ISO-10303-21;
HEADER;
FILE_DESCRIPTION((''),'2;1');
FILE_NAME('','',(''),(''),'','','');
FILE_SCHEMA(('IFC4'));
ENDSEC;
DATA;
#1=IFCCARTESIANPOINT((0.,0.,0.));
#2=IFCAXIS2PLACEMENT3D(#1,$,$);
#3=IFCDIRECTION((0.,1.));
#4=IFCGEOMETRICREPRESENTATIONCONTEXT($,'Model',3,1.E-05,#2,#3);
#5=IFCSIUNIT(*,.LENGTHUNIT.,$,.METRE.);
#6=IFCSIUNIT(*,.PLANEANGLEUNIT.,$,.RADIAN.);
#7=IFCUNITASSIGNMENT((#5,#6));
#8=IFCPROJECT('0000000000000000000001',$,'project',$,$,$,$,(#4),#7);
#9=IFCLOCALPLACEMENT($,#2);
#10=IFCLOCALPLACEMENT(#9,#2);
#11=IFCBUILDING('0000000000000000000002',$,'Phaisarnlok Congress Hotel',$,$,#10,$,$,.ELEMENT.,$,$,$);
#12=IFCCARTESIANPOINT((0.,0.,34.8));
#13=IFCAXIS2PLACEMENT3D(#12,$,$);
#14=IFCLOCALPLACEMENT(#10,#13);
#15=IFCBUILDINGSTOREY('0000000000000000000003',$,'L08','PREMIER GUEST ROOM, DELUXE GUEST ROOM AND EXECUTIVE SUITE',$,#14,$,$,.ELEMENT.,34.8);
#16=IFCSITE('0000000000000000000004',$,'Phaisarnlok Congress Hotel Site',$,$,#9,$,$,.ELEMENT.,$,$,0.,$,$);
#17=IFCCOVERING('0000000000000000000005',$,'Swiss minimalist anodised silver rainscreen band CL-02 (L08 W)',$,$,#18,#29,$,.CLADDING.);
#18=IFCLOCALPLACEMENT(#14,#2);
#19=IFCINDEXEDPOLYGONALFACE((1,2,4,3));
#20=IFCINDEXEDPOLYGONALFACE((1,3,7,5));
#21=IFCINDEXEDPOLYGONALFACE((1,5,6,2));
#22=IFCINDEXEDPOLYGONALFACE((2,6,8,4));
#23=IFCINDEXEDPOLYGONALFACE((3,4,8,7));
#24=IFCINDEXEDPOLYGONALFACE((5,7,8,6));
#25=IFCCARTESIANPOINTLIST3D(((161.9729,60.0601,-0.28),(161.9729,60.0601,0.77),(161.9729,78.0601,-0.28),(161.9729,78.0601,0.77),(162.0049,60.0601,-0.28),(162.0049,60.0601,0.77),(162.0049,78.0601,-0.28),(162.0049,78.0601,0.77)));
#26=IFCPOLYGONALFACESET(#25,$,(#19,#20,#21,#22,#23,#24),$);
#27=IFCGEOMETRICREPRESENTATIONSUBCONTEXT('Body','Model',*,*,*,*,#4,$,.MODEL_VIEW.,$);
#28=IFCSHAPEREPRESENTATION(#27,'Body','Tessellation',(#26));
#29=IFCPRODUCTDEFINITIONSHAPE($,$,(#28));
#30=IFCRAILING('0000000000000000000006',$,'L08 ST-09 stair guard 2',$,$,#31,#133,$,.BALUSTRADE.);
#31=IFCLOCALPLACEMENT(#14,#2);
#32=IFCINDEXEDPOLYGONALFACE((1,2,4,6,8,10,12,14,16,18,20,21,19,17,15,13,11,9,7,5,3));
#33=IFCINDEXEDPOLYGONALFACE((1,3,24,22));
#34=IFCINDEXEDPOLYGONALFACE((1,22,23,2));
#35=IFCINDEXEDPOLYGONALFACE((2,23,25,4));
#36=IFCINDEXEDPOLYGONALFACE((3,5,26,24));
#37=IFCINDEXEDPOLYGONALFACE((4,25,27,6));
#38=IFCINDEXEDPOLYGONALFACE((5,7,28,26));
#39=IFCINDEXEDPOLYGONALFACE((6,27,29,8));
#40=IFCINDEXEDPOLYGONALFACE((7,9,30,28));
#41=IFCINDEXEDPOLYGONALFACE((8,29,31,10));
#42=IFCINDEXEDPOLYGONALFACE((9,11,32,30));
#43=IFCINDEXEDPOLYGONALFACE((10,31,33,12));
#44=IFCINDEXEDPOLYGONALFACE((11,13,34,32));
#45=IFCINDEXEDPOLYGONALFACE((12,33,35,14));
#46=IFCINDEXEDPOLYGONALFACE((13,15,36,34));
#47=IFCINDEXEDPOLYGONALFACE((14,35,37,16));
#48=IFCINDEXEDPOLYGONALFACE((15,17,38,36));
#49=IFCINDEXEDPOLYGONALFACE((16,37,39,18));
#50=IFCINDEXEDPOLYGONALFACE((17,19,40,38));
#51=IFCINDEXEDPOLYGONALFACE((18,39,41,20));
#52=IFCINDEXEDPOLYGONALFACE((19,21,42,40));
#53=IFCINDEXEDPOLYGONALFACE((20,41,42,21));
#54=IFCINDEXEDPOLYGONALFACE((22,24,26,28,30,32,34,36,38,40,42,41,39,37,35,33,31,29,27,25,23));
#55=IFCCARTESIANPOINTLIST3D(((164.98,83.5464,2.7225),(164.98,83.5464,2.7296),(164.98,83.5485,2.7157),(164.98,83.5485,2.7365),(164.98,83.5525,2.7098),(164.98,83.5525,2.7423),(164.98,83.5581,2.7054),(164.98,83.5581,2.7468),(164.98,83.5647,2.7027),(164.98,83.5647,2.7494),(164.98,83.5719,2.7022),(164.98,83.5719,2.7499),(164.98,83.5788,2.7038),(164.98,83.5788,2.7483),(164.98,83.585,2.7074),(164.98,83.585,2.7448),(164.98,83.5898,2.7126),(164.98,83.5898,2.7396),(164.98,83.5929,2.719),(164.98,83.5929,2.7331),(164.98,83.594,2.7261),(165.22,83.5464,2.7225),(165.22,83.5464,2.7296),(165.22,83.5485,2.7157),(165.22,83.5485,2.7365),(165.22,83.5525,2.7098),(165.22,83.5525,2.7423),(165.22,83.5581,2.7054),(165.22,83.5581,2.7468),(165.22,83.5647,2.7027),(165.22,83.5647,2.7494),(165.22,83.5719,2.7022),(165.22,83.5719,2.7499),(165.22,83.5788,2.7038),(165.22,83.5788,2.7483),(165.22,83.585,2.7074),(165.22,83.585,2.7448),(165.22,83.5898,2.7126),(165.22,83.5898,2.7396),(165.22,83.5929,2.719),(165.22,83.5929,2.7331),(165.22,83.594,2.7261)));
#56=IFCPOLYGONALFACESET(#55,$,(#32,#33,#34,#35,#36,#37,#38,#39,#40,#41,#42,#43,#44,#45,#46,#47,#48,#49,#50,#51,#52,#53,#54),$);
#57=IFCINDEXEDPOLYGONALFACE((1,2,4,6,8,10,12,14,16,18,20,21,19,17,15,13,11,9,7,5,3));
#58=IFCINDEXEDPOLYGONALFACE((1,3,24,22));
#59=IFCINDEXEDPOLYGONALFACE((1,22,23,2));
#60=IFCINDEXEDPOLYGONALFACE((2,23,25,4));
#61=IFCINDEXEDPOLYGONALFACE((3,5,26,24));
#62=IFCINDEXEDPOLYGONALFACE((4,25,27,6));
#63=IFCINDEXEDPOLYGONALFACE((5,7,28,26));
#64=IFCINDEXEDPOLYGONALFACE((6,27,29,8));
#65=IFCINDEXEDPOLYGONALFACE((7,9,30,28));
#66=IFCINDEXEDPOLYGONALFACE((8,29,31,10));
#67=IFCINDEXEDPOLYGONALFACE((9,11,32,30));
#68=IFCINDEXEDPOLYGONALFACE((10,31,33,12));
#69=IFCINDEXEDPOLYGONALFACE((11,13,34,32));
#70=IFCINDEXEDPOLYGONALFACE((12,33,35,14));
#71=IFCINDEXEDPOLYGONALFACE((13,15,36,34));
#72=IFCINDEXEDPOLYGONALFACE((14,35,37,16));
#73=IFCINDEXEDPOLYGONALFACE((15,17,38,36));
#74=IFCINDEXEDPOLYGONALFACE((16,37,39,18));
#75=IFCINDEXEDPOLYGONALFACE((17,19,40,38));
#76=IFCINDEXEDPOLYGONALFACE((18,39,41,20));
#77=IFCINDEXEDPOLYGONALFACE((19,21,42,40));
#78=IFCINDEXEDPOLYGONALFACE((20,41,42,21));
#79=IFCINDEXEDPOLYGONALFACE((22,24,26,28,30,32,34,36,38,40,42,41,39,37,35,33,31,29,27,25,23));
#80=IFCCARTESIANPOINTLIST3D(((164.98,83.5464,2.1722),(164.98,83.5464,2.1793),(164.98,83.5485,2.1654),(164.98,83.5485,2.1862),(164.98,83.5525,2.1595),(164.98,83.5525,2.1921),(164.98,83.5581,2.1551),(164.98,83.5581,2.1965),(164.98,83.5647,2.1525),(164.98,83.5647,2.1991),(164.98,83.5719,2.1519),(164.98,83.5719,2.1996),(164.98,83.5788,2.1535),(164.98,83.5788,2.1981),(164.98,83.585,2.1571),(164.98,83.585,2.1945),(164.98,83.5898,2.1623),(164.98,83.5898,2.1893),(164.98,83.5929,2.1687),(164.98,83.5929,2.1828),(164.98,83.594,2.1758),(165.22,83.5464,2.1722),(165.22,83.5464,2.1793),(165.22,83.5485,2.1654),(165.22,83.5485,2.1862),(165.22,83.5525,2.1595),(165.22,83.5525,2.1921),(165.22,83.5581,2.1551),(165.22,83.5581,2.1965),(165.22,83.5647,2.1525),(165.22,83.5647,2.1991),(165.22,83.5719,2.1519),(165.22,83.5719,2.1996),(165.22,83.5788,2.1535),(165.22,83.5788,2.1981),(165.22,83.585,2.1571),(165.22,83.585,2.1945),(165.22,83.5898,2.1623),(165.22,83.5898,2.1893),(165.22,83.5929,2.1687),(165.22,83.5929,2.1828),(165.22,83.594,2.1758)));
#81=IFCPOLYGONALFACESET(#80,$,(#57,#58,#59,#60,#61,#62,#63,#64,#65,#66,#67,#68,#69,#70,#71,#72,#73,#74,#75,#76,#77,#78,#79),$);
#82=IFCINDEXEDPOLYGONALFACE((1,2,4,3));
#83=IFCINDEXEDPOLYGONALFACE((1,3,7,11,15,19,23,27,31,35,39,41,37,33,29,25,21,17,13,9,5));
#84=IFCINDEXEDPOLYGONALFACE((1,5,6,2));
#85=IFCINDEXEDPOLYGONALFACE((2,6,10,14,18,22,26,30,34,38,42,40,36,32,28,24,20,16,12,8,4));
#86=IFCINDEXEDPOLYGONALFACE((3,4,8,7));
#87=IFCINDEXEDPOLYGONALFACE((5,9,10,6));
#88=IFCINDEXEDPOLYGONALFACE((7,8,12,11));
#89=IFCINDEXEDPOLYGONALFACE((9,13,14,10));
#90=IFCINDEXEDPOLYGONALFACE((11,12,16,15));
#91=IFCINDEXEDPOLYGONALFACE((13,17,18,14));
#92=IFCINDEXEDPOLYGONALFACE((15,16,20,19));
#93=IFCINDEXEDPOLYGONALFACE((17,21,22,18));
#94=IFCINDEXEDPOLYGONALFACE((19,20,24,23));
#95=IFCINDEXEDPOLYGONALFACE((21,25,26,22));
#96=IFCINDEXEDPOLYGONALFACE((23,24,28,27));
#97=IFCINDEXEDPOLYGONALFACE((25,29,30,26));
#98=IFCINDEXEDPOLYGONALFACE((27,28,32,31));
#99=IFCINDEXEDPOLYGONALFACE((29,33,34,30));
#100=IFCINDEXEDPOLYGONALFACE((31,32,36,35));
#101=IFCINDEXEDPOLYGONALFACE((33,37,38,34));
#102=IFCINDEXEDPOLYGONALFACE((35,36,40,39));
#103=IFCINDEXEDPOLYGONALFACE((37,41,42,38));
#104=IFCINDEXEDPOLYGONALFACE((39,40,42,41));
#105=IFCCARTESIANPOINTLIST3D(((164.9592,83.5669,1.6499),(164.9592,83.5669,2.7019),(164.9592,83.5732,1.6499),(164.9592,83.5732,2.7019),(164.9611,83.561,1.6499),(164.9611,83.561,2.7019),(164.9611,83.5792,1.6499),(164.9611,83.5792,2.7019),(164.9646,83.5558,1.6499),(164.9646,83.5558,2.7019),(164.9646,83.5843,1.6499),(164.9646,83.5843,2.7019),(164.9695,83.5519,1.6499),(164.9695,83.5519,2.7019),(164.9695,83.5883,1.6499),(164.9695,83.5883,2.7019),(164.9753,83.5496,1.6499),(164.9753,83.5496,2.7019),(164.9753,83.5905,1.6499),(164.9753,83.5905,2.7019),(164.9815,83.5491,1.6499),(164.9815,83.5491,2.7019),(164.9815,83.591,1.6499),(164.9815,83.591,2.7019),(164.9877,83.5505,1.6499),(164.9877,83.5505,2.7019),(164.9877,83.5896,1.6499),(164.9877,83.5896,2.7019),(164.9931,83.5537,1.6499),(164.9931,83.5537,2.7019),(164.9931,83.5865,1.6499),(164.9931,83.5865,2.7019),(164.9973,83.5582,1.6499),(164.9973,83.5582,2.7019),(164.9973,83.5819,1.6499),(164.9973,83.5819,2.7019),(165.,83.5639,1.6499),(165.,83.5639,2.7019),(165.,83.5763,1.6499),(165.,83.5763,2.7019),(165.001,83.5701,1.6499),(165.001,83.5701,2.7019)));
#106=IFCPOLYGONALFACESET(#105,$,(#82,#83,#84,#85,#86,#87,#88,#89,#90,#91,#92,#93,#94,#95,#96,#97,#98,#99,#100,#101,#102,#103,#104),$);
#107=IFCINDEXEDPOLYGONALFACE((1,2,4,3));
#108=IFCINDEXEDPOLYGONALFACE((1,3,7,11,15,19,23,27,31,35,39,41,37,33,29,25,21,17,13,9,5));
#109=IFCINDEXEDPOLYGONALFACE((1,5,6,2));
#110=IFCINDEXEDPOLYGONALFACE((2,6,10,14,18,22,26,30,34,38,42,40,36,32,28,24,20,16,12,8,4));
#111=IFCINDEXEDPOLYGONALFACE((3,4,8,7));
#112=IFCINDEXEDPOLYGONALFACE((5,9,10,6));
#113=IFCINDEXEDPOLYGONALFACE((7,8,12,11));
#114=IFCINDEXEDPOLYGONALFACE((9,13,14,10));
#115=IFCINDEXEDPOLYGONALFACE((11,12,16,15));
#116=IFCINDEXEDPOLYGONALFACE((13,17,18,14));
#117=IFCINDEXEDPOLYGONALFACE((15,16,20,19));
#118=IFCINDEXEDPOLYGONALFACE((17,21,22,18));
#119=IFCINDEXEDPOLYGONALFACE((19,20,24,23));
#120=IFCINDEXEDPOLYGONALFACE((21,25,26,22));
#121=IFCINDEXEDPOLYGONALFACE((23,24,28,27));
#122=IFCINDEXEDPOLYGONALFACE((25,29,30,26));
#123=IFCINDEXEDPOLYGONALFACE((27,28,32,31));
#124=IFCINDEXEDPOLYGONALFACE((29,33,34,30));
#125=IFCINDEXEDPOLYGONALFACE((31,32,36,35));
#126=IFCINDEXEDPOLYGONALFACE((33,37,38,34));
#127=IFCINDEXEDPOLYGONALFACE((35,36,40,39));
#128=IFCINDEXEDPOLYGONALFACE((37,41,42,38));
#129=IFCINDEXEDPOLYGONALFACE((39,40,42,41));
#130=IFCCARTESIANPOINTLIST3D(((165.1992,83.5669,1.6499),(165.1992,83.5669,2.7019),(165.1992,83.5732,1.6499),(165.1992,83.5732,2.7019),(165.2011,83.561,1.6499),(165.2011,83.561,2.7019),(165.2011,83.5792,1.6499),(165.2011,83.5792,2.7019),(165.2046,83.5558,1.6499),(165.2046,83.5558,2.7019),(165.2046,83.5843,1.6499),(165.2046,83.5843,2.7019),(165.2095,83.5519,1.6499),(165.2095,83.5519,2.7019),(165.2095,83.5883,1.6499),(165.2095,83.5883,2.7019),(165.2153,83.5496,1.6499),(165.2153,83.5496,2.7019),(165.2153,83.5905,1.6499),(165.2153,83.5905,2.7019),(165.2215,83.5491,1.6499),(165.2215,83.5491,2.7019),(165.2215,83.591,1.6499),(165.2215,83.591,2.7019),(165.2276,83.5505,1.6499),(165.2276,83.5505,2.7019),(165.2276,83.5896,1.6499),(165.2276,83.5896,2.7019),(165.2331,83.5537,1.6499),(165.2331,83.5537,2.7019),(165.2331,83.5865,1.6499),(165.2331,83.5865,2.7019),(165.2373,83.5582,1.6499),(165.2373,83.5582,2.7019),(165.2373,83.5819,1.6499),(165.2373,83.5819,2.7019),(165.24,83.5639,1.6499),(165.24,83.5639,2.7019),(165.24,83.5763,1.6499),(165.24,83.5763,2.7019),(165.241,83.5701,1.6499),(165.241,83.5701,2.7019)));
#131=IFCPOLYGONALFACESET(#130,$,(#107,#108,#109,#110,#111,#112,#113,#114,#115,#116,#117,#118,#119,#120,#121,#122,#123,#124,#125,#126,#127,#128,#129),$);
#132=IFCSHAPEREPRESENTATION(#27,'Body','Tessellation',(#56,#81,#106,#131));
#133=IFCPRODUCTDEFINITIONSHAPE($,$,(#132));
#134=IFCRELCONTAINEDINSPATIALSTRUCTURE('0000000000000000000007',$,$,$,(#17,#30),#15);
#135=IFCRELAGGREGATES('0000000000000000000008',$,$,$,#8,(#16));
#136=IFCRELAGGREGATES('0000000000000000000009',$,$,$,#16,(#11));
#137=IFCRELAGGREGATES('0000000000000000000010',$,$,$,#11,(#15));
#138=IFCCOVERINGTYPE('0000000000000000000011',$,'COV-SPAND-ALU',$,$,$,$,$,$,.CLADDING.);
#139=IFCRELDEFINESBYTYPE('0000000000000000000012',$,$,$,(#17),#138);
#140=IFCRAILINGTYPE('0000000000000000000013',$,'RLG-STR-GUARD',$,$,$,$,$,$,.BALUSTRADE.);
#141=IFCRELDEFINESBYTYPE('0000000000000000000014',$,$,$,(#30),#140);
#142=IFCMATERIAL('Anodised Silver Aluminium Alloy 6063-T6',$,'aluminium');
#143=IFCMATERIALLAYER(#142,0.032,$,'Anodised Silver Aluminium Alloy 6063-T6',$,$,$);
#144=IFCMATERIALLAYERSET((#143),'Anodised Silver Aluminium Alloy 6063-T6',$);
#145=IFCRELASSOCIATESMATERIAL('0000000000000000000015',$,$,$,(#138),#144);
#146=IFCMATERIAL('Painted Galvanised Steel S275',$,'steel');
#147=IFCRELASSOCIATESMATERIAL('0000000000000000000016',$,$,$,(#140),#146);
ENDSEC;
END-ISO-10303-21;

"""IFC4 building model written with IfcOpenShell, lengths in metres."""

from ifc_helpers import new_model, si_unit, direction, frame, origin, origin_2d, place, context, subcontext, project, spatial, polyline, circle, outline, extrude, material, layer, layer_set, type_object, element, save


model = new_model("IFC4")

# Units and contexts
model_context = context("Model", 3, precision=1e-05, world=origin(), true_north=direction((0.0, 1.0)))
body_context = subcontext(model_context, "Body", "Model", "MODEL_VIEW")
ifc_project = project(units=[si_unit("LENGTHUNIT", "METRE"), si_unit("PLANEANGLEUNIT", "RADIAN")], contexts=[model_context])

# Site, building, storey
site_placement = place(None, origin())
site = spatial("IfcSite", under=ifc_project, at=site_placement, Name="Phaisarnlok Congress Hotel Site", CompositionType="ELEMENT", RefElevation=0.0)
building_placement = place(site_placement, origin())
building = spatial("IfcBuilding", under=site, at=building_placement, Name="Phaisarnlok Congress Hotel", CompositionType="ELEMENT")
storey_placement = place(building_placement, frame((0.0, 0.0, 34.8)))
storey = spatial("IfcBuildingStorey", under=building, at=storey_placement, Name="L08", Description="PREMIER GUEST ROOM, DELUXE GUEST ROOM AND EXECUTIVE SUITE", CompositionType="ELEMENT", Elevation=34.8)

# Covering
ifc_material_1 = material(Name="Anodised Silver Aluminium Alloy 6063-T6", Category="aluminium")
ifc_layer_1 = layer(ifc_material_1, 0.032, Name="Anodised Silver Aluminium Alloy 6063-T6")
ifc_layer_set_1 = layer_set([ifc_layer_1], Name="Anodised Silver Aluminium Alloy 6063-T6")
covering_type = type_object("IfcCoveringType", Name="COV-SPAND-ALU", PredefinedType="CLADDING", material=ifc_layer_set_1)
covering_placement = place(storey_placement, frame((162.0049, 78.0601, -0.28), z_axis=(-1.0, 0.0, 0.0), x_axis=(0.0, -1.0, 0.0)))
element("IfcCovering", 1, at=covering_placement, inside=storey, type_object=covering_type, Name="Swiss minimalist anodised silver rainscreen band CL-02 (L08 W)", PredefinedType="CLADDING", context=body_context, shape_type="SweptSolid", body=[
    extrude(outline(polyline([(0.0, 0.0), (18.0, 0.0), (18.0, 1.05), (0.0, 1.05), (0.0, 0.0)])), origin(), (0.0, 0.0, 1.0), 0.032),
])

# Railing
ifc_material_2 = material(Name="Painted Galvanised Steel S275", Category="steel")
railing_type_1 = type_object("IfcRailingType", Name="RLG-STR-GUARD", PredefinedType="BALUSTRADE", material=ifc_material_2)
railing_1_placement = place(storey_placement, frame((164.98, 83.5701, 1.6499)))
element("IfcRailing", 2, at=railing_1_placement, inside=storey, type_object=railing_type_1, Name="L08 ST-09 stair guard 2", PredefinedType="BALUSTRADE", context=body_context, shape_type="SweptSolid", body=[
    extrude(circle(Radius=0.0239, at=origin_2d()), frame((0.0, 0.0, 1.0762), z_axis=(1.0, 0.0, 0.0), x_axis=(0.0, 1.0, 0.0)), (0.0, 0.0, 1.0), 0.24),
    extrude(circle(Radius=0.0239, at=origin_2d()), frame((0.0, 0.0, 0.5259), z_axis=(1.0, 0.0, 0.0), x_axis=(0.0, 1.0, 0.0)), (0.0, 0.0, 1.0), 0.24),
    extrude(circle(Radius=0.021, at=origin_2d()), origin(), (0.0, 0.0, 1.0), 1.052),
    extrude(circle(Radius=0.021, at=origin_2d()), frame((0.24, 0.0, 0.0)), (0.0, 0.0, 1.0), 1.052),
])

save(model, "model.ifc")
